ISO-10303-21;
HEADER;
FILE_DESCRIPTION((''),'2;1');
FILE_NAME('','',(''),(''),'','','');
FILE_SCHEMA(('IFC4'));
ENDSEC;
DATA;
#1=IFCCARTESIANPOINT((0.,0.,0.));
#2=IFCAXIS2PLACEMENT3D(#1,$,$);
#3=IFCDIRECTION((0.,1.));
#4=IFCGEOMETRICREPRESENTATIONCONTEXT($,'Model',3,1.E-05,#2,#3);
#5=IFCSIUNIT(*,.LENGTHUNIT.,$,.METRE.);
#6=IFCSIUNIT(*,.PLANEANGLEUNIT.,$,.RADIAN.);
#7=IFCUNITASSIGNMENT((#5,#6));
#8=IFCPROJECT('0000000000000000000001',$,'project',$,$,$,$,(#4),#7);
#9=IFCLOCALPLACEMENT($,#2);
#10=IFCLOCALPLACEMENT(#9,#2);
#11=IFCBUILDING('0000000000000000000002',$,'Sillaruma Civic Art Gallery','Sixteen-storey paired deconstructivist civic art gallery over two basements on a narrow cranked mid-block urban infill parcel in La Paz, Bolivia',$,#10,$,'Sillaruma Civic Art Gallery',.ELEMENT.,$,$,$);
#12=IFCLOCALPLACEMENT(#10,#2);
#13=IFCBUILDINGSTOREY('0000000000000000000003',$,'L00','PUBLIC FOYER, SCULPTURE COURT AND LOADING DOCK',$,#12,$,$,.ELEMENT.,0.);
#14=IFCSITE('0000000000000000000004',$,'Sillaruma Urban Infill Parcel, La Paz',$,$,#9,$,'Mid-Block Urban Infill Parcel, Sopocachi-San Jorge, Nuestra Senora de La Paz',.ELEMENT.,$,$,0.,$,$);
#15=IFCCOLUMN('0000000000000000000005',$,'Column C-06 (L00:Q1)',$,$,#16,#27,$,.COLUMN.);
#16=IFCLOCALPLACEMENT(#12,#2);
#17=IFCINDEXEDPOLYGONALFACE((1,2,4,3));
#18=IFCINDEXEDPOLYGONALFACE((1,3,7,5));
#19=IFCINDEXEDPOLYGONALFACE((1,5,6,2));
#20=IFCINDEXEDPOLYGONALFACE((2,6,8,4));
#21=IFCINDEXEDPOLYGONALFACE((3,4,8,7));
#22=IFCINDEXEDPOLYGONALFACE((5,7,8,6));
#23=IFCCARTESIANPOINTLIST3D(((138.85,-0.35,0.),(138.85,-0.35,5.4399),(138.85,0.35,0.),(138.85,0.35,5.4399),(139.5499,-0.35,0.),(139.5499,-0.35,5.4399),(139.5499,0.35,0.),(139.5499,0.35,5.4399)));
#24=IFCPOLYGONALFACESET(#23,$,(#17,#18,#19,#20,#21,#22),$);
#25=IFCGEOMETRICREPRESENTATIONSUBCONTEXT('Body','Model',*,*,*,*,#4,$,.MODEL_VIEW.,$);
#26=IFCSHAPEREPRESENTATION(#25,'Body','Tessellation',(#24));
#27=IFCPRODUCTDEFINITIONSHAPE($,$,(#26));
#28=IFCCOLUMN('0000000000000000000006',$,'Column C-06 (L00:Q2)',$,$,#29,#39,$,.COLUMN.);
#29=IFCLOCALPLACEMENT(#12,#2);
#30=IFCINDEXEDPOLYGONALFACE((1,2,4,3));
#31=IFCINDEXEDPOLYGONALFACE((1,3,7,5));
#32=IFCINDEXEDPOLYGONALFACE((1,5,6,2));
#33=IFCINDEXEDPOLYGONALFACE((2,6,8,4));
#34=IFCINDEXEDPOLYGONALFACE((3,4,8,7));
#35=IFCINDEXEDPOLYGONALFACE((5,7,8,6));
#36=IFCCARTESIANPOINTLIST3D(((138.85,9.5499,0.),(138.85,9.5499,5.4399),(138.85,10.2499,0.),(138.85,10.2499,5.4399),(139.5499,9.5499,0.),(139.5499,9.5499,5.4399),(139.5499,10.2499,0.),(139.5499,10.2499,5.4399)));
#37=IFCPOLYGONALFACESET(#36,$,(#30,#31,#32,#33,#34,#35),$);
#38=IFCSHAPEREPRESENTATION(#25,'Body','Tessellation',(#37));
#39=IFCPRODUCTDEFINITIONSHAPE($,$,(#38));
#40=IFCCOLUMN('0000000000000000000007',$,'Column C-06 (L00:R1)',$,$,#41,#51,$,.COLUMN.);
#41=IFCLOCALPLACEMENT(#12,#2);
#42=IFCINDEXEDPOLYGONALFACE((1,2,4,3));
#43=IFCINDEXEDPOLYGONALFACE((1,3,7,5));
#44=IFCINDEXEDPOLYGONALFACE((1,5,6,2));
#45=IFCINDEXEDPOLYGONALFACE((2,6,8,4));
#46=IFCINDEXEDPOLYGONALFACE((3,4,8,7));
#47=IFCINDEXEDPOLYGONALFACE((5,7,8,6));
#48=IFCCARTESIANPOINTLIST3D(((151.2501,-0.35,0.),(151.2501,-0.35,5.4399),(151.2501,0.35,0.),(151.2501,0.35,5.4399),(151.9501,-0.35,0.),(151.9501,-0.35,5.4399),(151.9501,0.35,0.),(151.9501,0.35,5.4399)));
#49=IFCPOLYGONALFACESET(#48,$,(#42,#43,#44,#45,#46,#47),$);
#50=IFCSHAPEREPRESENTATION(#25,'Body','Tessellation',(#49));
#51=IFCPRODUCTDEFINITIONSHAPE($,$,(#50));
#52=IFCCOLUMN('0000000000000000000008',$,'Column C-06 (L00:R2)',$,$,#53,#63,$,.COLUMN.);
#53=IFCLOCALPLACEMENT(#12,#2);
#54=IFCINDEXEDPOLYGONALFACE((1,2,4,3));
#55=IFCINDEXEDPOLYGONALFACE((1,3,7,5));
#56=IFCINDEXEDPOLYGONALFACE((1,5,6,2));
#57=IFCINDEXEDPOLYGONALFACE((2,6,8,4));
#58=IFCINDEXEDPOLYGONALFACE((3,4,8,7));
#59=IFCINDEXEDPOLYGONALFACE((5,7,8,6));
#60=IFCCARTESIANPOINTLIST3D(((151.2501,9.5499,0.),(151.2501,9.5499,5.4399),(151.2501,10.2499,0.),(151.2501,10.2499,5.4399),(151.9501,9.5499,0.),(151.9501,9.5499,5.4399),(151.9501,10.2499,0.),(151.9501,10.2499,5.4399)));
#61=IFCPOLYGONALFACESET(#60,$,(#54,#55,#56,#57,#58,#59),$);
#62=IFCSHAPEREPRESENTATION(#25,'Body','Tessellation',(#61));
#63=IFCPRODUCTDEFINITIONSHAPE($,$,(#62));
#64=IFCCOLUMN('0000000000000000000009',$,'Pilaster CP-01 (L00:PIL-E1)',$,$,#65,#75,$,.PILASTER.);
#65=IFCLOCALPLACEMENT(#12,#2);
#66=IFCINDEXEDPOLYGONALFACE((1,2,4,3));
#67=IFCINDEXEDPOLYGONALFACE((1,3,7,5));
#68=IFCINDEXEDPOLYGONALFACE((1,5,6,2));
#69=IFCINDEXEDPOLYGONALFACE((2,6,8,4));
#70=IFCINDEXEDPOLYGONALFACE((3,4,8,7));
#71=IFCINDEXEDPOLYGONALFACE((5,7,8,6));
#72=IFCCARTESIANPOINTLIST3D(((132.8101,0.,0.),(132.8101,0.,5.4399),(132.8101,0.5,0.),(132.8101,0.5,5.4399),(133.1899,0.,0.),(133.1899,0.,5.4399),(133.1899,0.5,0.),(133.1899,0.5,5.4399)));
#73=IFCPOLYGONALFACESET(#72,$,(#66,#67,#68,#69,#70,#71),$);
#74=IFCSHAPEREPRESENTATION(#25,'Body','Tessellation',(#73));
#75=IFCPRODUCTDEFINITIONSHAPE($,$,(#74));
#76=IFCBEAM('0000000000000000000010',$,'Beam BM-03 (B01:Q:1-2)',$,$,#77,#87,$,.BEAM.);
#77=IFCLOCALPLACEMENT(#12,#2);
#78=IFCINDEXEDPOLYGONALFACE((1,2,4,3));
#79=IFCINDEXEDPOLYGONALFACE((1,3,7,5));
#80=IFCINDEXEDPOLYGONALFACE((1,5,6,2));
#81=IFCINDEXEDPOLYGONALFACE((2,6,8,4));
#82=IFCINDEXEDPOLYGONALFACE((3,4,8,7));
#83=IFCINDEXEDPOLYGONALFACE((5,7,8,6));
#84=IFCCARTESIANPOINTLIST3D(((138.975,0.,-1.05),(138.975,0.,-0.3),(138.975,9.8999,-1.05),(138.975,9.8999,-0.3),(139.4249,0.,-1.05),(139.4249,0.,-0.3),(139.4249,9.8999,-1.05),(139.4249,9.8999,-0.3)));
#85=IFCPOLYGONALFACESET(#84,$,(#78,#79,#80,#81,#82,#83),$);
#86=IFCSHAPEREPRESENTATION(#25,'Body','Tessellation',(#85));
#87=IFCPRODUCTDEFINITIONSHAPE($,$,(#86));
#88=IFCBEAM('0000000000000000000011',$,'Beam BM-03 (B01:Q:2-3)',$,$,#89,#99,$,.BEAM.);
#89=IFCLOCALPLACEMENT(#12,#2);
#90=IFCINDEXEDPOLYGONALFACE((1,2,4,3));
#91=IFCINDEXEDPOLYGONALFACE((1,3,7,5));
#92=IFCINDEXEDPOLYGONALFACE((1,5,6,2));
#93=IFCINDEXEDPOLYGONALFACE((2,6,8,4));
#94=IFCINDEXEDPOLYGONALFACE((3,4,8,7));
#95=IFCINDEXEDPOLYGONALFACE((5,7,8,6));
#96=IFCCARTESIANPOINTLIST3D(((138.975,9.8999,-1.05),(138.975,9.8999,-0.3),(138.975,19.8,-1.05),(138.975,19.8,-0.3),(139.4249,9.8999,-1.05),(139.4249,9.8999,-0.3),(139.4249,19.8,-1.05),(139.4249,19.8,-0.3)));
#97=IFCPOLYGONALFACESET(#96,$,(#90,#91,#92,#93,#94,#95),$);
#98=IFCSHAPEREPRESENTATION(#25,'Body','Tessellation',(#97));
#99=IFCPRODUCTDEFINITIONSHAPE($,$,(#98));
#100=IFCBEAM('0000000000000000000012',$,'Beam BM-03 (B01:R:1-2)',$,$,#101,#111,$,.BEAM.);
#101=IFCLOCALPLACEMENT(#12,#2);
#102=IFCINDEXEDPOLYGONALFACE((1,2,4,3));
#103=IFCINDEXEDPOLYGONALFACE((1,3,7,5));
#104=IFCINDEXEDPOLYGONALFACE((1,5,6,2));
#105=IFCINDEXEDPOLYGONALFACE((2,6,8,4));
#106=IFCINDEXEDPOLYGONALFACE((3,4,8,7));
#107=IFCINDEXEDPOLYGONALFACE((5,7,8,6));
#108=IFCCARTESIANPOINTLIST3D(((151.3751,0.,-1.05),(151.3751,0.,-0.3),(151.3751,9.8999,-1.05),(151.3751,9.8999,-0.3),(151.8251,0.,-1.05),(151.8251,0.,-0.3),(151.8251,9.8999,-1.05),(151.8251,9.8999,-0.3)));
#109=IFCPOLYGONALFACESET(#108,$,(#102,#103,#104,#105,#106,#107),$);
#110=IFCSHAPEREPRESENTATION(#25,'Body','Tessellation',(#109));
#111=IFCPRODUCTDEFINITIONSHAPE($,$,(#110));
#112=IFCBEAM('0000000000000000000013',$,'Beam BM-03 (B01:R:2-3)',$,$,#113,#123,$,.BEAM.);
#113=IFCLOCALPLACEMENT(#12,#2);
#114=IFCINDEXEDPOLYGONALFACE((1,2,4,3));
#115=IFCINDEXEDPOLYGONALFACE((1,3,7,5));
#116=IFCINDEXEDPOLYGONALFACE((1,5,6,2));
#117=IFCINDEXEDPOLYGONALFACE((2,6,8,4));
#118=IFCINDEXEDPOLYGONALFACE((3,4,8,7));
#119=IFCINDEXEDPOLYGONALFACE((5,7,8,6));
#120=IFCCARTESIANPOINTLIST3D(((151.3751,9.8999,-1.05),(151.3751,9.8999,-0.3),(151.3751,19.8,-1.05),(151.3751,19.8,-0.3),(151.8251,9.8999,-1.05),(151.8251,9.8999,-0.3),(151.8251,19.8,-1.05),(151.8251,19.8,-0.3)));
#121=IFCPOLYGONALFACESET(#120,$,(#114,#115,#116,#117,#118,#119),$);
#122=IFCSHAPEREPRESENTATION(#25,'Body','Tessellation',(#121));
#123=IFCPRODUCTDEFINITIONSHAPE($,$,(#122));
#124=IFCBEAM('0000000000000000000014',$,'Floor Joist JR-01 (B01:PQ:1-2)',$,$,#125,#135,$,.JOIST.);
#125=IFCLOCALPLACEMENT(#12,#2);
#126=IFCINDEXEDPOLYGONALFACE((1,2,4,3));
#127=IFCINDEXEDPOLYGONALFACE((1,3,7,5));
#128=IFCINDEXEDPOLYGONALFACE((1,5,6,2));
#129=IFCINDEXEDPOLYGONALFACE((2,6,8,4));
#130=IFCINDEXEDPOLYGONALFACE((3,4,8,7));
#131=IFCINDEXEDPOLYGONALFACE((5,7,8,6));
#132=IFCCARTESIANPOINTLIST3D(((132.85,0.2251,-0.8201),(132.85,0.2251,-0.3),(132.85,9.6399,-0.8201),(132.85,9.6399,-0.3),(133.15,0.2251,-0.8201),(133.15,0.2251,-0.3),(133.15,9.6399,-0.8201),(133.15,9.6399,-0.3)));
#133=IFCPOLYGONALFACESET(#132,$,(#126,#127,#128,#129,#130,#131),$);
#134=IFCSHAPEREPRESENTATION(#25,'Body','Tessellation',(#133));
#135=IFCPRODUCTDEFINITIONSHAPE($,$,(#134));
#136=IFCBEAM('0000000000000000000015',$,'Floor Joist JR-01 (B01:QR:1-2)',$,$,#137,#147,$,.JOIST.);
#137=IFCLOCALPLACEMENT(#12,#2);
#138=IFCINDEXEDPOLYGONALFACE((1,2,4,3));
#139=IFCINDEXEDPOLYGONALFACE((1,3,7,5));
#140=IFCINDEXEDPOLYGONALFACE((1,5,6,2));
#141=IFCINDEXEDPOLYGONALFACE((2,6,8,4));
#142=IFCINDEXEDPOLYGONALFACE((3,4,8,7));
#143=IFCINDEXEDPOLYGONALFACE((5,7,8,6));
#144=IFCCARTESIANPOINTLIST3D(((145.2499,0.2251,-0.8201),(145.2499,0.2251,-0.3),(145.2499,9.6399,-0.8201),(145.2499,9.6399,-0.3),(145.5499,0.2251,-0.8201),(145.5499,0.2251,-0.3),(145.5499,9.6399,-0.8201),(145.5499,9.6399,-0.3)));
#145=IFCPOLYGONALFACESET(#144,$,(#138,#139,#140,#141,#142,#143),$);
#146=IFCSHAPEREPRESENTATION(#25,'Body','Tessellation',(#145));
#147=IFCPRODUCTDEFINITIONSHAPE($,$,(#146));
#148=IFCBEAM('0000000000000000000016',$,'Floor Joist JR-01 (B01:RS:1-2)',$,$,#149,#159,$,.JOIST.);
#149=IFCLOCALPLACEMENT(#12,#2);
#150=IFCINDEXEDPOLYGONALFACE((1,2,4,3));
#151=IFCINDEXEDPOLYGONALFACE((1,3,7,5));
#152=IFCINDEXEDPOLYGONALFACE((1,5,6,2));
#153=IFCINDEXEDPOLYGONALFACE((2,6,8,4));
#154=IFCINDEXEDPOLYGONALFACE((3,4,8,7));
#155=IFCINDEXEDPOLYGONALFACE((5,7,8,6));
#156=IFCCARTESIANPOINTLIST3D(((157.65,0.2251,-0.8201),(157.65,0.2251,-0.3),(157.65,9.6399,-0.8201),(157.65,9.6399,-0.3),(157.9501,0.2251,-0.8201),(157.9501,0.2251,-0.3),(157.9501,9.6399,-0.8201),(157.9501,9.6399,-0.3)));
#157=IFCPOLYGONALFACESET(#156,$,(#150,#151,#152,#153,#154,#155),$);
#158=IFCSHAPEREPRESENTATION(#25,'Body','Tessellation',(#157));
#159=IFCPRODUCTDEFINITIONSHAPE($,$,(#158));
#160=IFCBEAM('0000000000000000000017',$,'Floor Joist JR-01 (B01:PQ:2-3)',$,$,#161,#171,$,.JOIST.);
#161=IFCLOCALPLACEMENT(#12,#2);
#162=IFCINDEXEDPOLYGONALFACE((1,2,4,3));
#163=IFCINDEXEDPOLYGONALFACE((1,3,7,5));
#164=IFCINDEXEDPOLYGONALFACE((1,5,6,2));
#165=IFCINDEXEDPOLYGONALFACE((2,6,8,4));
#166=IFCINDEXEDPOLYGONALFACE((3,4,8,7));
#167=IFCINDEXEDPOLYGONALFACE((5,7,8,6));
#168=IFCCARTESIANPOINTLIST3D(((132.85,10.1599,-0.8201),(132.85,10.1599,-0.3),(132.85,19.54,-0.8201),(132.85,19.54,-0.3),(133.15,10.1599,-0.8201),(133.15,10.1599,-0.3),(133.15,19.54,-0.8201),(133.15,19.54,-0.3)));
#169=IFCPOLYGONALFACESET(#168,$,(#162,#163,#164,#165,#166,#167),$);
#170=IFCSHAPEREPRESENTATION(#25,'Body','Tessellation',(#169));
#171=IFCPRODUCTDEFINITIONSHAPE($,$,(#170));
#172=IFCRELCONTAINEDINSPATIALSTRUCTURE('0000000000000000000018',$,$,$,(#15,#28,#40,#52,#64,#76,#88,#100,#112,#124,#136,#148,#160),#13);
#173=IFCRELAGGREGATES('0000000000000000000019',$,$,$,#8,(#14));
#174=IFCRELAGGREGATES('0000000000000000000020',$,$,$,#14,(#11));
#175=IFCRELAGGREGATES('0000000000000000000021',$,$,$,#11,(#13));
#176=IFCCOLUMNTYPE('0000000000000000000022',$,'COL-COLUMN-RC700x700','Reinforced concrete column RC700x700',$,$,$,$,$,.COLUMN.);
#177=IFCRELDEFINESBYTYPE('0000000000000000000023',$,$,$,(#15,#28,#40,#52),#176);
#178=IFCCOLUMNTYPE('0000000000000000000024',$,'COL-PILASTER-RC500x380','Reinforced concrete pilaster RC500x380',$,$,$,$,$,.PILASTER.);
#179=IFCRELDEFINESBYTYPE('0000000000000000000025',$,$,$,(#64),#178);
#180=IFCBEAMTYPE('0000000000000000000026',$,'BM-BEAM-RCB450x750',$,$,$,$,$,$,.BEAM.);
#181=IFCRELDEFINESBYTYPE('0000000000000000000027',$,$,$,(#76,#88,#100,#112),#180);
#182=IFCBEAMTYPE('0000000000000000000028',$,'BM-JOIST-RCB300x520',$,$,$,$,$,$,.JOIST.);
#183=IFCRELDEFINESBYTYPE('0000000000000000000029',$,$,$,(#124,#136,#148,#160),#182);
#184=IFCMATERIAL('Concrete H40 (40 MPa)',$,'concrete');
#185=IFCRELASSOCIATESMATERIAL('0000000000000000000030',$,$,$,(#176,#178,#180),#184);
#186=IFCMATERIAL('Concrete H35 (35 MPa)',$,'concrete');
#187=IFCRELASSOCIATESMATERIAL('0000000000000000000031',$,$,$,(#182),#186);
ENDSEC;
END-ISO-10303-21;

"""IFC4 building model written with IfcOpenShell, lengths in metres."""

from ifc_helpers import new_model, si_unit, direction, frame, origin, origin_2d, place, context, subcontext, project, spatial, rectangle, extrude, material, material_profile, profile_set, type_object, element, save


model = new_model("IFC4")

# Units and contexts
model_context = context("Model", 3, precision=1e-05, world=origin(), true_north=direction((0.0, 1.0)))
body_context = subcontext(model_context, "Body", "Model", "MODEL_VIEW")
ifc_project = project(units=[si_unit("LENGTHUNIT", "METRE"), si_unit("PLANEANGLEUNIT", "RADIAN")], contexts=[model_context])

# Site, building, storey
site_placement = place(None, origin())
site = spatial("IfcSite", under=ifc_project, at=site_placement, Name="Sillaruma Urban Infill Parcel, La Paz", LongName="Mid-Block Urban Infill Parcel, Sopocachi-San Jorge, Nuestra Senora de La Paz", CompositionType="ELEMENT", RefElevation=0.0)
building_placement = place(site_placement, origin())
building = spatial("IfcBuilding", under=site, at=building_placement, Name="Sillaruma Civic Art Gallery", Description="Sixteen-storey paired deconstructivist civic art gallery over two basements on a narrow cranked mid-block urban infill parcel in La Paz, Bolivia", LongName="Sillaruma Civic Art Gallery", CompositionType="ELEMENT")
storey_placement = place(building_placement, origin())
storey = spatial("IfcBuildingStorey", under=building, at=storey_placement, Name="L00", Description="PUBLIC FOYER, SCULPTURE COURT AND LOADING DOCK", CompositionType="ELEMENT", Elevation=0.0)

# Columns
ifc_material_1 = material(Name="Concrete H40 (40 MPa)", Category="concrete")
ifc_material_profile_1 = material_profile(ifc_material_1, rectangle(XDim=0.7, YDim=0.7, at=origin_2d()), Name="RC700x700")
ifc_profile_set_1 = profile_set([ifc_material_profile_1], Name="Concrete H40 (40 MPa)")
column_type_1 = type_object("IfcColumnType", Name="COL-COLUMN-RC700x700", Description="Reinforced concrete column RC700x700", PredefinedType="COLUMN", material=ifc_profile_set_1)
for number, where, z_axis, x_axis, name in (
    (1, (139.2, 0.0, 0.0), (0.0, 0.0, 1.0), (1.0, 0.0, 0.0), "Column C-06 (L00:Q1)"),
    (2, (139.2, 9.8999, 0.0), (0.0, 0.0, 1.0), (1.0, 0.0, 0.0), "Column C-06 (L00:Q2)"),
    (3, (151.6001, 0.0, 0.0), (0.0, 0.0, 1.0), (1.0, 0.0, 0.0), "Column C-06 (L00:R1)"),
    (4, (151.6001, 9.8999, 0.0), (0.0, 0.0, 1.0), (1.0, 0.0, 0.0), "Column C-06 (L00:R2)"),
):
    element("IfcColumn", number, at=place(storey_placement, frame(where, z_axis=z_axis, x_axis=x_axis)), inside=storey, type_object=column_type_1, Name=name, PredefinedType="COLUMN", context=body_context, shape_type="SweptSolid", body=[
        extrude(rectangle(XDim=0.7, YDim=0.7, at=origin_2d()), origin(), (0.0, 0.0, 1.0), 5.4399),
    ])
ifc_material_profile_2 = material_profile(ifc_material_1, rectangle(XDim=0.3799, YDim=0.5, at=origin_2d()), Name="RC500x380")
ifc_profile_set_2 = profile_set([ifc_material_profile_2], Name="Concrete H40 (40 MPa)")
column_type_2 = type_object("IfcColumnType", Name="COL-PILASTER-RC500x380", Description="Reinforced concrete pilaster RC500x380", PredefinedType="PILASTER", material=ifc_profile_set_2)
column_placement = place(storey_placement, frame((133.0, 0.25, 0.0), z_axis=(0.0, 0.0, 1.0), x_axis=(1.0, 0.0, 0.0)))
element("IfcColumn", 5, at=column_placement, inside=storey, type_object=column_type_2, Name="Pilaster CP-01 (L00:PIL-E1)", PredefinedType="PILASTER", context=body_context, shape_type="SweptSolid", body=[
    extrude(rectangle(XDim=0.3799, YDim=0.5, at=origin_2d()), origin(), (0.0, 0.0, 1.0), 5.4399),
])

# Beams
ifc_material_profile_3 = material_profile(ifc_material_1, rectangle(XDim=0.45, YDim=0.75, at=origin_2d()), Name="RCB450x750")
ifc_profile_set_3 = profile_set([ifc_material_profile_3], Name="Concrete H40 (40 MPa)")
beam_type_1 = type_object("IfcBeamType", Name="BM-BEAM-RCB450x750", PredefinedType="BEAM", material=ifc_profile_set_3)
beam_1_placement = place(storey_placement, frame((139.2, 0.0, -0.675), z_axis=(0.0, 1.0, 0.0), x_axis=(-1.0, 0.0, 0.0)))
element("IfcBeam", 6, at=beam_1_placement, inside=storey, type_object=beam_type_1, Name="Beam BM-03 (B01:Q:1-2)", PredefinedType="BEAM", context=body_context, shape_type="SweptSolid", body=[
    extrude(rectangle(XDim=0.45, YDim=0.75, at=origin_2d()), origin(), (0.0, 0.0, 1.0), 9.8999),
])
beam_2_placement = place(storey_placement, frame((139.2, 9.8999, -0.675), z_axis=(0.0, 1.0, 0.0), x_axis=(-1.0, 0.0, 0.0)))
element("IfcBeam", 7, at=beam_2_placement, inside=storey, type_object=beam_type_1, Name="Beam BM-03 (B01:Q:2-3)", PredefinedType="BEAM", context=body_context, shape_type="SweptSolid", body=[
    extrude(rectangle(XDim=0.45, YDim=0.75, at=origin_2d()), origin(), (0.0, 0.0, 1.0), 9.9001),
])
beam_3_placement = place(storey_placement, frame((151.6001, 0.0, -0.675), z_axis=(0.0, 1.0, 0.0), x_axis=(-1.0, 0.0, 0.0)))
element("IfcBeam", 8, at=beam_3_placement, inside=storey, type_object=beam_type_1, Name="Beam BM-03 (B01:R:1-2)", PredefinedType="BEAM", context=body_context, shape_type="SweptSolid", body=[
    extrude(rectangle(XDim=0.45, YDim=0.75, at=origin_2d()), origin(), (0.0, 0.0, 1.0), 9.8999),
])
beam_4_placement = place(storey_placement, frame((151.6001, 9.8999, -0.675), z_axis=(0.0, 1.0, 0.0), x_axis=(-1.0, 0.0, 0.0)))
element("IfcBeam", 9, at=beam_4_placement, inside=storey, type_object=beam_type_1, Name="Beam BM-03 (B01:R:2-3)", PredefinedType="BEAM", context=body_context, shape_type="SweptSolid", body=[
    extrude(rectangle(XDim=0.45, YDim=0.75, at=origin_2d()), origin(), (0.0, 0.0, 1.0), 9.9001),
])
ifc_material_2 = material(Name="Concrete H35 (35 MPa)", Category="concrete")
ifc_material_profile_4 = material_profile(ifc_material_2, rectangle(XDim=0.3, YDim=0.52, at=origin_2d()), Name="RCB300x520")
ifc_profile_set_4 = profile_set([ifc_material_profile_4], Name="Concrete H35 (35 MPa)")
beam_type_2 = type_object("IfcBeamType", Name="BM-JOIST-RCB300x520", PredefinedType="JOIST", material=ifc_profile_set_4)
for number, where, z_axis, x_axis, name in (
    (10, (133.0, 0.2251, -0.5601), (0.0, 1.0, 0.0), (-1.0, 0.0, 0.0), "Floor Joist JR-01 (B01:PQ:1-2)"),
    (11, (145.3999, 0.2251, -0.5601), (0.0, 1.0, 0.0), (-1.0, 0.0, 0.0), "Floor Joist JR-01 (B01:QR:1-2)"),
    (12, (157.8, 0.2251, -0.5601), (0.0, 1.0, 0.0), (-1.0, 0.0, 0.0), "Floor Joist JR-01 (B01:RS:1-2)"),
):
    element("IfcBeam", number, at=place(storey_placement, frame(where, z_axis=z_axis, x_axis=x_axis)), inside=storey, type_object=beam_type_2, Name=name, PredefinedType="JOIST", context=body_context, shape_type="SweptSolid", body=[
        extrude(rectangle(XDim=0.3, YDim=0.52, at=origin_2d()), origin(), (0.0, 0.0, 1.0), 9.4148),
    ])
beam_5_placement = place(storey_placement, frame((133.0, 10.1599, -0.5601), z_axis=(0.0, 1.0, 0.0), x_axis=(-1.0, 0.0, 0.0)))
element("IfcBeam", 13, at=beam_5_placement, inside=storey, type_object=beam_type_2, Name="Floor Joist JR-01 (B01:PQ:2-3)", PredefinedType="JOIST", context=body_context, shape_type="SweptSolid", body=[
    extrude(rectangle(XDim=0.3, YDim=0.52, at=origin_2d()), origin(), (0.0, 0.0, 1.0), 9.3801),
])

save(model, "model.ifc")
